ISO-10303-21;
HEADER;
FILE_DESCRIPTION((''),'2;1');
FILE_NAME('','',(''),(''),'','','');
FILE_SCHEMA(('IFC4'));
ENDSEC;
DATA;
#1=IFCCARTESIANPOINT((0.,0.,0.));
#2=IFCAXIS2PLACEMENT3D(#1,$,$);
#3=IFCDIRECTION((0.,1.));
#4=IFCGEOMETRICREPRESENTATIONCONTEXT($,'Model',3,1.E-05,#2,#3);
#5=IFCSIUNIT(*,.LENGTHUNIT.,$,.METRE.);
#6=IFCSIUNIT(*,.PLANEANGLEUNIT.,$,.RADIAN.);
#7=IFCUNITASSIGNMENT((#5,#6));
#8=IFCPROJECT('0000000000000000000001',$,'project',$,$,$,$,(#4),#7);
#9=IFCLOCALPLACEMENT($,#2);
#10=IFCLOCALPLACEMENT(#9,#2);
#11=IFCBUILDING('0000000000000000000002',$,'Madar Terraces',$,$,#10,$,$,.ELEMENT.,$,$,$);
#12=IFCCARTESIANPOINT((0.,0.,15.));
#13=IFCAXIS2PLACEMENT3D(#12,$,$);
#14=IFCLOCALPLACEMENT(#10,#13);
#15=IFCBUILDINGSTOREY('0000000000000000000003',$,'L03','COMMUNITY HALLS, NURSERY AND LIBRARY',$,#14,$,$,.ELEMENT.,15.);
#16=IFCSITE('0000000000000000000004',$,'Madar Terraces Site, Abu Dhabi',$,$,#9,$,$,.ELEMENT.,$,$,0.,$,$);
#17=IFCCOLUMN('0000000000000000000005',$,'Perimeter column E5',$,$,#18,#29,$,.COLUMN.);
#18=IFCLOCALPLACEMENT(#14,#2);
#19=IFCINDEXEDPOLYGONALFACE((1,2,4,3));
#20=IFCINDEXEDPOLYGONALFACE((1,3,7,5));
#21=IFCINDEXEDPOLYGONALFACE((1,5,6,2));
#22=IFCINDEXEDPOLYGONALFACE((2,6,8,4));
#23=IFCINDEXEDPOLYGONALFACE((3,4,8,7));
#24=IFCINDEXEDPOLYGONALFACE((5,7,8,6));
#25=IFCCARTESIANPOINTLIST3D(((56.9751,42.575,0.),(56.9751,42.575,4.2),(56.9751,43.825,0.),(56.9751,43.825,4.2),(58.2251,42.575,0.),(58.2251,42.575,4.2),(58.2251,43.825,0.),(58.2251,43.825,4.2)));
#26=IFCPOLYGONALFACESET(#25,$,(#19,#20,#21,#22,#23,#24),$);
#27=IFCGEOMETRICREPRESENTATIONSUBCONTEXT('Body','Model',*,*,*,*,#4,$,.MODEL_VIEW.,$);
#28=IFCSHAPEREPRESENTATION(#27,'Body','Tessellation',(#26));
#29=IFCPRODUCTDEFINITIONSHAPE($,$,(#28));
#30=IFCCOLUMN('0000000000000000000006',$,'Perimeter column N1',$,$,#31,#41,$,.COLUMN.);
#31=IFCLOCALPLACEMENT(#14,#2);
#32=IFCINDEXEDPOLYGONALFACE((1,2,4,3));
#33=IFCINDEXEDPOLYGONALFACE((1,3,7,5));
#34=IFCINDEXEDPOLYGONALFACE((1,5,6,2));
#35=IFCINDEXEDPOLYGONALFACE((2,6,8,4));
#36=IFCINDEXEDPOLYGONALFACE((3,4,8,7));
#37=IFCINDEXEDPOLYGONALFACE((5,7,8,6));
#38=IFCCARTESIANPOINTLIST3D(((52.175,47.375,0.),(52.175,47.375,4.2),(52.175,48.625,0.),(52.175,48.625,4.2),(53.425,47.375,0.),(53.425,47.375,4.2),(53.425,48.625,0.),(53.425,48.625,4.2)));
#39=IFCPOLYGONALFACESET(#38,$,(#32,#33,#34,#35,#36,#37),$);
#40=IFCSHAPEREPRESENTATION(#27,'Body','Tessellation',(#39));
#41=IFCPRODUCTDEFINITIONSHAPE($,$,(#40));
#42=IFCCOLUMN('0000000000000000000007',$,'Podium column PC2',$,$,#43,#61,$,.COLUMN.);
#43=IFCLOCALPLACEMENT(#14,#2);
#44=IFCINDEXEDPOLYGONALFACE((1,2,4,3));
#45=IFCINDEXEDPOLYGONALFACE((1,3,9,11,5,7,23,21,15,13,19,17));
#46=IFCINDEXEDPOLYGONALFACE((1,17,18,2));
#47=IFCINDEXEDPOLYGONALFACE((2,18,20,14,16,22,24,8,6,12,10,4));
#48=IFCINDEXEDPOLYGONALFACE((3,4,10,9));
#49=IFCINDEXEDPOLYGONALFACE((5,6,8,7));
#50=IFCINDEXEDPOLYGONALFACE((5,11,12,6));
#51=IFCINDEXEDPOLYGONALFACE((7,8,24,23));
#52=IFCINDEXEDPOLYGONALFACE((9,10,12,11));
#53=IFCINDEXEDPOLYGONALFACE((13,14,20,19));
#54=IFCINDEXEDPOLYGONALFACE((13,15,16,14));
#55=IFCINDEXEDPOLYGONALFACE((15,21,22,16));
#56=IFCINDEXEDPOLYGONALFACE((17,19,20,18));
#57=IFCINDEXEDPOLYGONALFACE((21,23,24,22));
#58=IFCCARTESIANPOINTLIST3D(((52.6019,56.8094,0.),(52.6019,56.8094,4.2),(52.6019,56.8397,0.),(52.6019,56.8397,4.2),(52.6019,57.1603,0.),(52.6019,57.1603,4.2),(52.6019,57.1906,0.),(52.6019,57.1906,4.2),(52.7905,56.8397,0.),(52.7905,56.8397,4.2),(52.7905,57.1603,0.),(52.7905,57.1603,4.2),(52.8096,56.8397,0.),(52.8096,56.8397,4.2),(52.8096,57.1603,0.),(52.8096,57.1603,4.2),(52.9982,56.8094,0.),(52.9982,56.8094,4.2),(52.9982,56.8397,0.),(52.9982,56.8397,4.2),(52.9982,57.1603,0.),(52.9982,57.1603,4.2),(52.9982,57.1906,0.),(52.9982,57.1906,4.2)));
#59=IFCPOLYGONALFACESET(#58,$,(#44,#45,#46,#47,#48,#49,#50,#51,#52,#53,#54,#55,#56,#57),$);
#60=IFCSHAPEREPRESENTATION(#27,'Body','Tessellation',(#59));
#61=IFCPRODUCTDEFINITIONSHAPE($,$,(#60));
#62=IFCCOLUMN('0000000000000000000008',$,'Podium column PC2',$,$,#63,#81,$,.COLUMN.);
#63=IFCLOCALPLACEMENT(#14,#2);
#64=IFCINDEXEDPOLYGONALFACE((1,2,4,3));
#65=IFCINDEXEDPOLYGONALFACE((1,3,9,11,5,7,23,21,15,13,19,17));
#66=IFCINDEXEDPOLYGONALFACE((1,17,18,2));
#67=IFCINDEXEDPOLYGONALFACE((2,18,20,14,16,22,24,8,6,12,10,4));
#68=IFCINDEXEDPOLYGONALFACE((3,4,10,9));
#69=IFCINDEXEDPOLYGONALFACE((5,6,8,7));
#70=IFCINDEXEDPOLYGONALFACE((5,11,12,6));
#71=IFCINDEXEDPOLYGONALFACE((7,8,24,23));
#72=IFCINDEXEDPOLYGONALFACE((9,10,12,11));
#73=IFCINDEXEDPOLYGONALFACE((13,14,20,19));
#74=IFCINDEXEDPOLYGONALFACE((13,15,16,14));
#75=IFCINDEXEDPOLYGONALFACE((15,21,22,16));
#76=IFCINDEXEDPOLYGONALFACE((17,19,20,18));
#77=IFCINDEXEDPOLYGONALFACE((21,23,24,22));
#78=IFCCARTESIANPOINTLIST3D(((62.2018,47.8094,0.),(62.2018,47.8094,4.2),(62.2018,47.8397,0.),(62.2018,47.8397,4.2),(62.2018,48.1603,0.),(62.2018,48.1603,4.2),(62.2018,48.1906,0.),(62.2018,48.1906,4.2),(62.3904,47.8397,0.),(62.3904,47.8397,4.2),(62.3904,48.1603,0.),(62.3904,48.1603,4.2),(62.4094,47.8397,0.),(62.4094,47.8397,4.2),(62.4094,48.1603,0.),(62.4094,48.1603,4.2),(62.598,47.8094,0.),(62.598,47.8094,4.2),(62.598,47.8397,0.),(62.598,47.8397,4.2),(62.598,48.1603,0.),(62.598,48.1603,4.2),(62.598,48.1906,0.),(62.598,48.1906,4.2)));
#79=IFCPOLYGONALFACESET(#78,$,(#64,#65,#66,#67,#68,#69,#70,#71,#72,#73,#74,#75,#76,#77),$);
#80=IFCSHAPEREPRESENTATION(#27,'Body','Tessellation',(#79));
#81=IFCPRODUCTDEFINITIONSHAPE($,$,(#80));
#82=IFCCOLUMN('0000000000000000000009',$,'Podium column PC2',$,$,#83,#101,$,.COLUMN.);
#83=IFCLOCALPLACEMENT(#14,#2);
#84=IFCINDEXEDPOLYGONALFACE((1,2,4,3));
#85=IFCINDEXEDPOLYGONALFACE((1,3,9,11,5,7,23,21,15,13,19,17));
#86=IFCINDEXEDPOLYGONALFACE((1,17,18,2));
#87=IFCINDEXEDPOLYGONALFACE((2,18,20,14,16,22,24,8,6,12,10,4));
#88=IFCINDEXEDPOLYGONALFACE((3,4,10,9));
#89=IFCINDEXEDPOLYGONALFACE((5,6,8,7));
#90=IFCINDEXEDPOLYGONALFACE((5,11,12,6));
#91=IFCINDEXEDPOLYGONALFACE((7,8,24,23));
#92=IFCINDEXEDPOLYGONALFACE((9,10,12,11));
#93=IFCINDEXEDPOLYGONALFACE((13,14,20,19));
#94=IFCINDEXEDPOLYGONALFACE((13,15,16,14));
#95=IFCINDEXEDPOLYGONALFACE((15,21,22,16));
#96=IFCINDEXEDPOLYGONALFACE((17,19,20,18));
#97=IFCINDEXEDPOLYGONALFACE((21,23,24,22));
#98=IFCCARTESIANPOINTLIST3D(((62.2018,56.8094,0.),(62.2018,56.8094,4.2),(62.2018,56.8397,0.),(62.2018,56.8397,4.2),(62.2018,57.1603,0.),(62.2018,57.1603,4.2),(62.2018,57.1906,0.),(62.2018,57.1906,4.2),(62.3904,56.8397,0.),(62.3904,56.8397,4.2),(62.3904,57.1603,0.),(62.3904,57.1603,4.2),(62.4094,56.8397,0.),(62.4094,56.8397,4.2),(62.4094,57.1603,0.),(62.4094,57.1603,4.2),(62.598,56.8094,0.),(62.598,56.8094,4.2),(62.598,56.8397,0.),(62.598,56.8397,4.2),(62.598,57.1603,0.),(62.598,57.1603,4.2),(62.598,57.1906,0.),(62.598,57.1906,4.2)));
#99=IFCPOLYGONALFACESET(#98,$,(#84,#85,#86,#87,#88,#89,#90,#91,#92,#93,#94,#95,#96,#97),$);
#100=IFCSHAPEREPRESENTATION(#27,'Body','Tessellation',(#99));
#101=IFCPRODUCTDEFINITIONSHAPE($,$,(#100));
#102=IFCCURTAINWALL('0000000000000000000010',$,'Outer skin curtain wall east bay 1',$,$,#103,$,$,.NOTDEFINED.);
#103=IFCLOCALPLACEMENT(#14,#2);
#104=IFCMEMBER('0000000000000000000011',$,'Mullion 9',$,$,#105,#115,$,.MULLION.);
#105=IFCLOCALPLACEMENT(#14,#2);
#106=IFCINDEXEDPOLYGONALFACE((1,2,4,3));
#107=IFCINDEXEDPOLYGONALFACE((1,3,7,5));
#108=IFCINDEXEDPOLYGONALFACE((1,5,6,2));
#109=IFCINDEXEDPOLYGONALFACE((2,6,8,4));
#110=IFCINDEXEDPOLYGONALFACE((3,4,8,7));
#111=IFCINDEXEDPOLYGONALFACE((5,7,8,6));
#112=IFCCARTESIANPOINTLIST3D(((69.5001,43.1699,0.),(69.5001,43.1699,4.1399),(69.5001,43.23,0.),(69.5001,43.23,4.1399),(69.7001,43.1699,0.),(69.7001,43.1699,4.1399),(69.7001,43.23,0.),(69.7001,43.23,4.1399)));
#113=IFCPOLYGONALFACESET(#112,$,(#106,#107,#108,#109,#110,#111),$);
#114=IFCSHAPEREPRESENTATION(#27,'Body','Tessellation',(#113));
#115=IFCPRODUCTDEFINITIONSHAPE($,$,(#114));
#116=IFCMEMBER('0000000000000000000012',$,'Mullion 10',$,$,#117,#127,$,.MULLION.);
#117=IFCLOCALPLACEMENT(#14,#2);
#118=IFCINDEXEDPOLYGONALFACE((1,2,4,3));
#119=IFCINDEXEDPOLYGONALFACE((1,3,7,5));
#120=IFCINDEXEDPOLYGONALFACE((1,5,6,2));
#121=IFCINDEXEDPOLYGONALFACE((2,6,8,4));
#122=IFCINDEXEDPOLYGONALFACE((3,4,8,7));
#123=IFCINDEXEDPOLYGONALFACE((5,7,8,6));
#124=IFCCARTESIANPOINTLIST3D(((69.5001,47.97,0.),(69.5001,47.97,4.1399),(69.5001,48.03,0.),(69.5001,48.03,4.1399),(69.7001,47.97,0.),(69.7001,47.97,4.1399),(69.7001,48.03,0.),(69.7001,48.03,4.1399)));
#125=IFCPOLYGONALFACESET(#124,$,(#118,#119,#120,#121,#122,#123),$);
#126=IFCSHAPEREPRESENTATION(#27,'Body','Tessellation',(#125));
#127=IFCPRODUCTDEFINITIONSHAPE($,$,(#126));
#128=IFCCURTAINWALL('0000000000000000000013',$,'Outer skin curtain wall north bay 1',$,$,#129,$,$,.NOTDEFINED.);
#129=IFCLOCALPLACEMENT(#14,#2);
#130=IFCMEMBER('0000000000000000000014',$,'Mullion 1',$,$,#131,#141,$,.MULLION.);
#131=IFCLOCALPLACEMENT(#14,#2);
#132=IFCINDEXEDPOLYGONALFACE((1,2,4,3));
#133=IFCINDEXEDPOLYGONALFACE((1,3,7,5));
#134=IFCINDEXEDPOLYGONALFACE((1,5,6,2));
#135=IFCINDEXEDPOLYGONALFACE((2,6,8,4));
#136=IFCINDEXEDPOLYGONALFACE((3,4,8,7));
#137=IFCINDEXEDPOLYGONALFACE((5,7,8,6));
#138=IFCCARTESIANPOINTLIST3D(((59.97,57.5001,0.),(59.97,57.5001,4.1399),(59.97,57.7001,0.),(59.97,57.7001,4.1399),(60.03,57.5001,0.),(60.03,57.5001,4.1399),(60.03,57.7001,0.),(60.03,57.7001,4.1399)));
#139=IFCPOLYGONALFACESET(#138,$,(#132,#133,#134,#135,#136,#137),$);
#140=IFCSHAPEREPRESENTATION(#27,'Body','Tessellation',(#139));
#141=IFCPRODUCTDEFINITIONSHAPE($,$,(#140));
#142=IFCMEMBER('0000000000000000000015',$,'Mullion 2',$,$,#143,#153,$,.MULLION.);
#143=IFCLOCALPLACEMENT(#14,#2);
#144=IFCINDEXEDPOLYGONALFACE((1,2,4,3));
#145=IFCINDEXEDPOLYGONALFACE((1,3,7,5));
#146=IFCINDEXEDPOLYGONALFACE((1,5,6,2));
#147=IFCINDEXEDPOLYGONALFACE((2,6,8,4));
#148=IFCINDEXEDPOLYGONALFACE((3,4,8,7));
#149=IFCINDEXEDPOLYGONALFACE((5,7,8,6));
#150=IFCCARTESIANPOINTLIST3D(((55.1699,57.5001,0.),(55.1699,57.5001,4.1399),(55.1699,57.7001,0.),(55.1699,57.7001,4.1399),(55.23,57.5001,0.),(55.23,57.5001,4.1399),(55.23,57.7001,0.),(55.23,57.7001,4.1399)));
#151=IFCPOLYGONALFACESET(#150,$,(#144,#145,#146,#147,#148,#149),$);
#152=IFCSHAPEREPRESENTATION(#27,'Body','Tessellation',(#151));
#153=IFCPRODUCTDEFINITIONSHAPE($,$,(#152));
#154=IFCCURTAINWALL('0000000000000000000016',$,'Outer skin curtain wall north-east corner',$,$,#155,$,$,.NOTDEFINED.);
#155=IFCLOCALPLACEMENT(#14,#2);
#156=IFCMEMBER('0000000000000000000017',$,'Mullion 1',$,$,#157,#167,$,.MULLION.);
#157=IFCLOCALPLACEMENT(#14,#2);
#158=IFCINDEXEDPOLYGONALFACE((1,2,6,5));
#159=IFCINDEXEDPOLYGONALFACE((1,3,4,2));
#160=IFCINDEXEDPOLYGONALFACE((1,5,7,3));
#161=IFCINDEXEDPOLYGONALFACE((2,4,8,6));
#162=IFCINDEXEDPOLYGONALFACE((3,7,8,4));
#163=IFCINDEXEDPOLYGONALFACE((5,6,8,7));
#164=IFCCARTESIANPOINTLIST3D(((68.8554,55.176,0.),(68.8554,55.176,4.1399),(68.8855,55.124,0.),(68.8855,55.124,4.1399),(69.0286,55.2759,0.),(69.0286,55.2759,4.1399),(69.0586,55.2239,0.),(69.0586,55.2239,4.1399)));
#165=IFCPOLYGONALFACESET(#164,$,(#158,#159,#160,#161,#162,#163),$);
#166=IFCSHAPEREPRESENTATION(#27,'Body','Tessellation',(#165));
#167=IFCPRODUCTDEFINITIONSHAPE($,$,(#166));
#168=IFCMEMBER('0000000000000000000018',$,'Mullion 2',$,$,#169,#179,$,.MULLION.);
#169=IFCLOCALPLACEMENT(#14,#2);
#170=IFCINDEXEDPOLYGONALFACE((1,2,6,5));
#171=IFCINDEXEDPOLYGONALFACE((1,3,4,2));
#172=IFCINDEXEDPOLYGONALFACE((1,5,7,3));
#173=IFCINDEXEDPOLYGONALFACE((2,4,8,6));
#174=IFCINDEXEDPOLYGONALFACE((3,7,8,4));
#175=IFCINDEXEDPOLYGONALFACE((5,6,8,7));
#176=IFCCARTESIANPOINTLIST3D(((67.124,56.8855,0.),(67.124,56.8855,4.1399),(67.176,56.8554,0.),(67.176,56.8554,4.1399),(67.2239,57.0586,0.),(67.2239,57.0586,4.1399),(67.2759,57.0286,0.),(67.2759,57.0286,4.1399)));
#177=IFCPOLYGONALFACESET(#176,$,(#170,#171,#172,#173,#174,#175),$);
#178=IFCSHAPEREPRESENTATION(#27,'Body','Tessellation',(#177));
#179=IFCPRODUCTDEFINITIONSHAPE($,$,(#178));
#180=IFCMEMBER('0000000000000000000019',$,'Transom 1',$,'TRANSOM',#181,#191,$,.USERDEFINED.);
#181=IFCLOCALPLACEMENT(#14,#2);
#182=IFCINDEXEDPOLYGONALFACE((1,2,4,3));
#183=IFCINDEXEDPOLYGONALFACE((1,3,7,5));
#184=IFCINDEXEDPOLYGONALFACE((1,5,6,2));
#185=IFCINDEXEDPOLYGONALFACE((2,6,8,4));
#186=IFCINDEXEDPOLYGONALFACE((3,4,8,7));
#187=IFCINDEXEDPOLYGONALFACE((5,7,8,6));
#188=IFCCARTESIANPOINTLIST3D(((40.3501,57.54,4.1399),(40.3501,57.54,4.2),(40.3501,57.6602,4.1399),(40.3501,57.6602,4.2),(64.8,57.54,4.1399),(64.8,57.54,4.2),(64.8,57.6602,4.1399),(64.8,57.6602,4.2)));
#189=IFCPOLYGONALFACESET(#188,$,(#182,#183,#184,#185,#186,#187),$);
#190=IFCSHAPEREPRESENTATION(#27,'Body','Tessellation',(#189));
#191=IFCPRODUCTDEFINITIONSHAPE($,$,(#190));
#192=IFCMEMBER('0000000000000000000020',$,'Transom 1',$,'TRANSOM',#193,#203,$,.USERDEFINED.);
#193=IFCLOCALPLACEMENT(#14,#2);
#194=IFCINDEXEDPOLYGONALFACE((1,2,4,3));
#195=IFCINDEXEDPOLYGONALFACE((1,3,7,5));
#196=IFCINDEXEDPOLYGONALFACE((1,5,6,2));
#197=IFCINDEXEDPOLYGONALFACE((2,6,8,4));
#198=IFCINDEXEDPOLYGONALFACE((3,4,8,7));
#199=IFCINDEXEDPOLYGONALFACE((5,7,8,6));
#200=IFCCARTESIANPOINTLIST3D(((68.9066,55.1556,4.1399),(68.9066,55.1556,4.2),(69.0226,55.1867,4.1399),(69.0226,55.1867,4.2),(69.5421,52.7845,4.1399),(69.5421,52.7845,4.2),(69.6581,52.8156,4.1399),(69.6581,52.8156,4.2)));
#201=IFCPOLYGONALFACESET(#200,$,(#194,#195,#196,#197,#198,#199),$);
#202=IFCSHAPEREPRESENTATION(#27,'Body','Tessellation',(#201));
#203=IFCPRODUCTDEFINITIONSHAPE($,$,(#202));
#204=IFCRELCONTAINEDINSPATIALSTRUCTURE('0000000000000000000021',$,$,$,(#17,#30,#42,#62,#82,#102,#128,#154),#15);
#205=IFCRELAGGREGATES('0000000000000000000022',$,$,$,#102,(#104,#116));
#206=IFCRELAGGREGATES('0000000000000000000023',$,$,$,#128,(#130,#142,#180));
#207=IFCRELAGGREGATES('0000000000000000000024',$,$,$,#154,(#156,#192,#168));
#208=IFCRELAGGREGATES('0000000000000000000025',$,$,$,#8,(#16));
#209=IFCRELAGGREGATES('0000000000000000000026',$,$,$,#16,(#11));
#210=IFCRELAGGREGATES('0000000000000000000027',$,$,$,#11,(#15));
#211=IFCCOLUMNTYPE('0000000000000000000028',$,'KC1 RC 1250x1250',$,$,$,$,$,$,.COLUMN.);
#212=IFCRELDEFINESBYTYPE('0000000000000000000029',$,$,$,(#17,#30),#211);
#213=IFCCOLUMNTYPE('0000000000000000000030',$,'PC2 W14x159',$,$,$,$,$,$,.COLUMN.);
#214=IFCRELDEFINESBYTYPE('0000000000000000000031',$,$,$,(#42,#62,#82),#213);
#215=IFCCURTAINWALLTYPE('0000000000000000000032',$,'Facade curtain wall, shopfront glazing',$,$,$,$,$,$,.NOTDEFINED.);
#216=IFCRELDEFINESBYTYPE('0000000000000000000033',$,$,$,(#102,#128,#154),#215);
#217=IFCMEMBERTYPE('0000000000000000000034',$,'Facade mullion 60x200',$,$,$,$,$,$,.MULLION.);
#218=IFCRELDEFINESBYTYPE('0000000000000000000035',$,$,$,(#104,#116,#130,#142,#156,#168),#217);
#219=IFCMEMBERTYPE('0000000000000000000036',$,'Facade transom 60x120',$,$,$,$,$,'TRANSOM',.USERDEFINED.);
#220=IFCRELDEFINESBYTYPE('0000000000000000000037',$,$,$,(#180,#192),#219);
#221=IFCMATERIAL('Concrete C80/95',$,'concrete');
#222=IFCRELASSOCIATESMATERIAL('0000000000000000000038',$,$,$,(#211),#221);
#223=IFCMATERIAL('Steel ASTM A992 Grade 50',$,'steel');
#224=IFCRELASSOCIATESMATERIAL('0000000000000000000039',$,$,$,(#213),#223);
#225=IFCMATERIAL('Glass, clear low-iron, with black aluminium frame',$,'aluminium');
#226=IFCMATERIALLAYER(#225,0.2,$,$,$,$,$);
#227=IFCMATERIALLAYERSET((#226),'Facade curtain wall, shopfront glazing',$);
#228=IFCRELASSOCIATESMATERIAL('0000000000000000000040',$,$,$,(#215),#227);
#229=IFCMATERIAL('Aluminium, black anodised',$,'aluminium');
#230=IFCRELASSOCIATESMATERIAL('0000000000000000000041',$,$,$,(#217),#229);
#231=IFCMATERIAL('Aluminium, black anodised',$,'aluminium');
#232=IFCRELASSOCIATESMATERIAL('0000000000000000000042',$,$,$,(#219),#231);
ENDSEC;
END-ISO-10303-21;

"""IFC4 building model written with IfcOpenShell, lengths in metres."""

from ifc_helpers import new_model, si_unit, direction, frame, origin, origin_2d, place, context, subcontext, project, spatial, rectangle, i_section, extrude, material, layer, layer_set, material_profile, profile_set, type_object, element, aggregate, save


model = new_model("IFC4")

# Units and contexts
model_context = context("Model", 3, precision=1e-05, world=origin(), true_north=direction((0.0, 1.0)))
body_context = subcontext(model_context, "Body", "Model", "MODEL_VIEW")
ifc_project = project(units=[si_unit("LENGTHUNIT", "METRE"), si_unit("PLANEANGLEUNIT", "RADIAN")], contexts=[model_context])

# Site, building, storey
site_placement = place(None, origin())
site = spatial("IfcSite", under=ifc_project, at=site_placement, Name="Madar Terraces Site, Abu Dhabi", CompositionType="ELEMENT", RefElevation=0.0)
building_placement = place(site_placement, origin())
building = spatial("IfcBuilding", under=site, at=building_placement, Name="Madar Terraces", CompositionType="ELEMENT")
storey_placement = place(building_placement, frame((0.0, 0.0, 15.0)))
storey = spatial("IfcBuildingStorey", under=building, at=storey_placement, Name="L03", Description="COMMUNITY HALLS, NURSERY AND LIBRARY", CompositionType="ELEMENT", Elevation=15.0)

# Columns
ifc_material_1 = material(Name="Concrete C80/95", Category="concrete")
ifc_material_profile_1 = material_profile(ifc_material_1, rectangle(XDim=1.25, YDim=1.25, at=origin_2d()), Name="KC1 RC 1250x1250")
ifc_profile_set_1 = profile_set([ifc_material_profile_1], Name="Concrete C80/95")
column_type_1 = type_object("IfcColumnType", Name="KC1 RC 1250x1250", PredefinedType="COLUMN", material=ifc_profile_set_1)
for number, where, z_axis, x_axis, name in (
    (1, (57.6001, 43.2, 0.0), (0.0, 0.0, 1.0), (1.0, 0.0, 0.0), "Perimeter column E5"),
    (2, (52.8, 48.0, 0.0), (0.0, 0.0, 1.0), (1.0, 0.0, 0.0), "Perimeter column N1"),
):
    element("IfcColumn", number, at=place(storey_placement, frame(where, z_axis=z_axis, x_axis=x_axis)), inside=storey, type_object=column_type_1, Name=name, PredefinedType="COLUMN", context=body_context, shape_type="SweptSolid", body=[
        extrude(rectangle(XDim=1.25, YDim=1.25, at=origin_2d()), origin(), (0.0, 0.0, 1.0), 4.2),
    ])
ifc_material_2 = material(Name="Steel ASTM A992 Grade 50", Category="steel")
ifc_material_profile_2 = material_profile(ifc_material_2, i_section(OverallWidth=0.3962, OverallDepth=0.3811, WebThickness=0.019, FlangeThickness=0.0303, at=origin_2d()), Name="W14x159")
ifc_profile_set_2 = profile_set([ifc_material_profile_2], Name="Steel ASTM A992 Grade 50")
column_type_2 = type_object("IfcColumnType", Name="PC2 W14x159", PredefinedType="COLUMN", material=ifc_profile_set_2)
for number, where, z_axis, x_axis, name in (
    (3, (52.8, 57.0, 0.0), (0.0, 0.0, 1.0), (1.0, 0.0, 0.0), "Podium column PC2"),
    (4, (62.3999, 48.0, 0.0), (0.0, 0.0, 1.0), (1.0, 0.0, 0.0), "Podium column PC2"),
    (5, (62.3999, 57.0, 0.0), (0.0, 0.0, 1.0), (1.0, 0.0, 0.0), "Podium column PC2"),
):
    element("IfcColumn", number, at=place(storey_placement, frame(where, z_axis=z_axis, x_axis=x_axis)), inside=storey, type_object=column_type_2, Name=name, PredefinedType="COLUMN", context=body_context, shape_type="SweptSolid", body=[
        extrude(i_section(OverallWidth=0.3962, OverallDepth=0.3811, WebThickness=0.019, FlangeThickness=0.0303, at=origin_2d()), origin(), (0.0, 0.0, 1.0), 4.2),
    ])

# Curtain walls, members
ifc_material_3 = material(Name="Glass, clear low-iron, with black aluminium frame", Category="aluminium")
ifc_layer_1 = layer(ifc_material_3, 0.2)
ifc_layer_set_1 = layer_set([ifc_layer_1], Name="Facade curtain wall, shopfront glazing")
curtain_wall_type = type_object("IfcCurtainWallType", Name="Facade curtain wall, shopfront glazing", PredefinedType="NOTDEFINED", material=ifc_layer_set_1)
curtain_wall_1_placement = place(storey_placement, origin())
curtain_wall_1 = element("IfcCurtainWall", 6, at=curtain_wall_1_placement, inside=storey, type_object=curtain_wall_type, Name="Outer skin curtain wall east bay 1", PredefinedType="NOTDEFINED")
ifc_material_4 = material(Name="Aluminium, black anodised", Category="aluminium")
ifc_material_profile_3 = material_profile(ifc_material_4, rectangle(XDim=0.2, YDim=0.0601, at=origin_2d()), Name="Facade mullion 60x200")
ifc_profile_set_3 = profile_set([ifc_material_profile_3], Name="Aluminium, black anodised")
member_type_1 = type_object("IfcMemberType", Name="Facade mullion 60x200", PredefinedType="MULLION", material=ifc_profile_set_3)
member_1_placement = place(storey_placement, frame((69.6001, 43.2, 0.0), z_axis=(0.0, 0.0, 1.0), x_axis=(-1.0, 0.0, 0.0)))
member_1 = element("IfcMember", 7, at=member_1_placement, type_object=member_type_1, Name="Mullion 9", PredefinedType="MULLION", context=body_context, shape_type="SweptSolid", body=[
    extrude(rectangle(XDim=0.2, YDim=0.0601, at=origin_2d()), origin(), (0.0, 0.0, 1.0), 4.1399),
])
member_2_placement = place(storey_placement, frame((69.6001, 48.0, 0.0), z_axis=(0.0, 0.0, 1.0), x_axis=(-1.0, 0.0, 0.0)))
member_2 = element("IfcMember", 8, at=member_2_placement, type_object=member_type_1, Name="Mullion 10", PredefinedType="MULLION", context=body_context, shape_type="SweptSolid", body=[
    extrude(rectangle(XDim=0.2, YDim=0.0601, at=origin_2d()), origin(), (0.0, 0.0, 1.0), 4.1399),
])
curtain_wall_2_placement = place(storey_placement, origin())
curtain_wall_2 = element("IfcCurtainWall", 9, at=curtain_wall_2_placement, inside=storey, type_object=curtain_wall_type, Name="Outer skin curtain wall north bay 1", PredefinedType="NOTDEFINED")
member_3_placement = place(storey_placement, frame((60.0, 57.6001, 0.0), z_axis=(0.0, 0.0, 1.0), x_axis=(0.0, -1.0, 0.0)))
member_3 = element("IfcMember", 10, at=member_3_placement, type_object=member_type_1, Name="Mullion 1", PredefinedType="MULLION", context=body_context, shape_type="SweptSolid", body=[
    extrude(rectangle(XDim=0.2, YDim=0.0601, at=origin_2d()), origin(), (0.0, 0.0, 1.0), 4.1399),
])
member_4_placement = place(storey_placement, frame((55.2, 57.6001, 0.0), z_axis=(0.0, 0.0, 1.0), x_axis=(0.0, -1.0, 0.0)))
member_4 = element("IfcMember", 11, at=member_4_placement, type_object=member_type_1, Name="Mullion 2", PredefinedType="MULLION", context=body_context, shape_type="SweptSolid", body=[
    extrude(rectangle(XDim=0.2, YDim=0.0601, at=origin_2d()), origin(), (0.0, 0.0, 1.0), 4.1399),
])
curtain_wall_3_placement = place(storey_placement, origin())
curtain_wall_3 = element("IfcCurtainWall", 12, at=curtain_wall_3_placement, inside=storey, type_object=curtain_wall_type, Name="Outer skin curtain wall north-east corner", PredefinedType="NOTDEFINED")
member_5_placement = place(storey_placement, frame((68.957, 55.2, 0.0), z_axis=(0.0, 0.0, 1.0), x_axis=(-0.866025, -0.5, 0.0)))
member_5 = element("IfcMember", 13, at=member_5_placement, type_object=member_type_1, Name="Mullion 1", PredefinedType="MULLION", context=body_context, shape_type="SweptSolid", body=[
    extrude(rectangle(XDim=0.2, YDim=0.0601, at=origin_2d()), origin(), (0.0, 0.0, 1.0), 4.1399),
])
member_6_placement = place(storey_placement, frame((67.2, 56.957, 0.0), z_axis=(0.0, 0.0, 1.0), x_axis=(-0.5, -0.866025, 0.0)))
member_6 = element("IfcMember", 14, at=member_6_placement, type_object=member_type_1, Name="Mullion 2", PredefinedType="MULLION", context=body_context, shape_type="SweptSolid", body=[
    extrude(rectangle(XDim=0.2, YDim=0.0601, at=origin_2d()), origin(), (0.0, 0.0, 1.0), 4.1399),
])

# Members
ifc_material_5 = material(Name="Aluminium, black anodised", Category="aluminium")
ifc_material_profile_4 = material_profile(ifc_material_5, rectangle(XDim=0.1201, YDim=0.0601, at=origin_2d()), Name="Facade transom 60x120")
ifc_profile_set_4 = profile_set([ifc_material_profile_4], Name="Aluminium, black anodised")
member_type_2 = type_object("IfcMemberType", Name="Facade transom 60x120", ElementType="TRANSOM", PredefinedType="USERDEFINED", material=ifc_profile_set_4)
member_7_placement = place(storey_placement, frame((64.8, 57.6001, 4.1699), z_axis=(-1.0, 0.0, 0.0), x_axis=(0.0, -1.0, 0.0)))
member_7 = element("IfcMember", 15, at=member_7_placement, type_object=member_type_2, Name="Transom 1", ObjectType="TRANSOM", PredefinedType="USERDEFINED", context=body_context, shape_type="SweptSolid", body=[
    extrude(rectangle(XDim=0.1201, YDim=0.0601, at=origin_2d()), origin(), (0.0, 0.0, 1.0), 24.45),
])
member_8_placement = place(storey_placement, frame((69.6001, 52.8, 4.1699), z_axis=(-0.258882, 0.965909, 0.0), x_axis=(-0.965909, -0.258882, 0.0)))
member_8 = element("IfcMember", 16, at=member_8_placement, type_object=member_type_2, Name="Transom 1", ObjectType="TRANSOM", PredefinedType="USERDEFINED", context=body_context, shape_type="SweptSolid", body=[
    extrude(rectangle(XDim=0.1201, YDim=0.0601, at=origin_2d()), origin(), (0.0, 0.0, 1.0), 2.4548),
])

aggregate(curtain_wall_1, [member_1, member_2])
aggregate(curtain_wall_2, [member_3, member_4, member_7])
aggregate(curtain_wall_3, [member_5, member_8, member_6])

save(model, "model.ifc")
